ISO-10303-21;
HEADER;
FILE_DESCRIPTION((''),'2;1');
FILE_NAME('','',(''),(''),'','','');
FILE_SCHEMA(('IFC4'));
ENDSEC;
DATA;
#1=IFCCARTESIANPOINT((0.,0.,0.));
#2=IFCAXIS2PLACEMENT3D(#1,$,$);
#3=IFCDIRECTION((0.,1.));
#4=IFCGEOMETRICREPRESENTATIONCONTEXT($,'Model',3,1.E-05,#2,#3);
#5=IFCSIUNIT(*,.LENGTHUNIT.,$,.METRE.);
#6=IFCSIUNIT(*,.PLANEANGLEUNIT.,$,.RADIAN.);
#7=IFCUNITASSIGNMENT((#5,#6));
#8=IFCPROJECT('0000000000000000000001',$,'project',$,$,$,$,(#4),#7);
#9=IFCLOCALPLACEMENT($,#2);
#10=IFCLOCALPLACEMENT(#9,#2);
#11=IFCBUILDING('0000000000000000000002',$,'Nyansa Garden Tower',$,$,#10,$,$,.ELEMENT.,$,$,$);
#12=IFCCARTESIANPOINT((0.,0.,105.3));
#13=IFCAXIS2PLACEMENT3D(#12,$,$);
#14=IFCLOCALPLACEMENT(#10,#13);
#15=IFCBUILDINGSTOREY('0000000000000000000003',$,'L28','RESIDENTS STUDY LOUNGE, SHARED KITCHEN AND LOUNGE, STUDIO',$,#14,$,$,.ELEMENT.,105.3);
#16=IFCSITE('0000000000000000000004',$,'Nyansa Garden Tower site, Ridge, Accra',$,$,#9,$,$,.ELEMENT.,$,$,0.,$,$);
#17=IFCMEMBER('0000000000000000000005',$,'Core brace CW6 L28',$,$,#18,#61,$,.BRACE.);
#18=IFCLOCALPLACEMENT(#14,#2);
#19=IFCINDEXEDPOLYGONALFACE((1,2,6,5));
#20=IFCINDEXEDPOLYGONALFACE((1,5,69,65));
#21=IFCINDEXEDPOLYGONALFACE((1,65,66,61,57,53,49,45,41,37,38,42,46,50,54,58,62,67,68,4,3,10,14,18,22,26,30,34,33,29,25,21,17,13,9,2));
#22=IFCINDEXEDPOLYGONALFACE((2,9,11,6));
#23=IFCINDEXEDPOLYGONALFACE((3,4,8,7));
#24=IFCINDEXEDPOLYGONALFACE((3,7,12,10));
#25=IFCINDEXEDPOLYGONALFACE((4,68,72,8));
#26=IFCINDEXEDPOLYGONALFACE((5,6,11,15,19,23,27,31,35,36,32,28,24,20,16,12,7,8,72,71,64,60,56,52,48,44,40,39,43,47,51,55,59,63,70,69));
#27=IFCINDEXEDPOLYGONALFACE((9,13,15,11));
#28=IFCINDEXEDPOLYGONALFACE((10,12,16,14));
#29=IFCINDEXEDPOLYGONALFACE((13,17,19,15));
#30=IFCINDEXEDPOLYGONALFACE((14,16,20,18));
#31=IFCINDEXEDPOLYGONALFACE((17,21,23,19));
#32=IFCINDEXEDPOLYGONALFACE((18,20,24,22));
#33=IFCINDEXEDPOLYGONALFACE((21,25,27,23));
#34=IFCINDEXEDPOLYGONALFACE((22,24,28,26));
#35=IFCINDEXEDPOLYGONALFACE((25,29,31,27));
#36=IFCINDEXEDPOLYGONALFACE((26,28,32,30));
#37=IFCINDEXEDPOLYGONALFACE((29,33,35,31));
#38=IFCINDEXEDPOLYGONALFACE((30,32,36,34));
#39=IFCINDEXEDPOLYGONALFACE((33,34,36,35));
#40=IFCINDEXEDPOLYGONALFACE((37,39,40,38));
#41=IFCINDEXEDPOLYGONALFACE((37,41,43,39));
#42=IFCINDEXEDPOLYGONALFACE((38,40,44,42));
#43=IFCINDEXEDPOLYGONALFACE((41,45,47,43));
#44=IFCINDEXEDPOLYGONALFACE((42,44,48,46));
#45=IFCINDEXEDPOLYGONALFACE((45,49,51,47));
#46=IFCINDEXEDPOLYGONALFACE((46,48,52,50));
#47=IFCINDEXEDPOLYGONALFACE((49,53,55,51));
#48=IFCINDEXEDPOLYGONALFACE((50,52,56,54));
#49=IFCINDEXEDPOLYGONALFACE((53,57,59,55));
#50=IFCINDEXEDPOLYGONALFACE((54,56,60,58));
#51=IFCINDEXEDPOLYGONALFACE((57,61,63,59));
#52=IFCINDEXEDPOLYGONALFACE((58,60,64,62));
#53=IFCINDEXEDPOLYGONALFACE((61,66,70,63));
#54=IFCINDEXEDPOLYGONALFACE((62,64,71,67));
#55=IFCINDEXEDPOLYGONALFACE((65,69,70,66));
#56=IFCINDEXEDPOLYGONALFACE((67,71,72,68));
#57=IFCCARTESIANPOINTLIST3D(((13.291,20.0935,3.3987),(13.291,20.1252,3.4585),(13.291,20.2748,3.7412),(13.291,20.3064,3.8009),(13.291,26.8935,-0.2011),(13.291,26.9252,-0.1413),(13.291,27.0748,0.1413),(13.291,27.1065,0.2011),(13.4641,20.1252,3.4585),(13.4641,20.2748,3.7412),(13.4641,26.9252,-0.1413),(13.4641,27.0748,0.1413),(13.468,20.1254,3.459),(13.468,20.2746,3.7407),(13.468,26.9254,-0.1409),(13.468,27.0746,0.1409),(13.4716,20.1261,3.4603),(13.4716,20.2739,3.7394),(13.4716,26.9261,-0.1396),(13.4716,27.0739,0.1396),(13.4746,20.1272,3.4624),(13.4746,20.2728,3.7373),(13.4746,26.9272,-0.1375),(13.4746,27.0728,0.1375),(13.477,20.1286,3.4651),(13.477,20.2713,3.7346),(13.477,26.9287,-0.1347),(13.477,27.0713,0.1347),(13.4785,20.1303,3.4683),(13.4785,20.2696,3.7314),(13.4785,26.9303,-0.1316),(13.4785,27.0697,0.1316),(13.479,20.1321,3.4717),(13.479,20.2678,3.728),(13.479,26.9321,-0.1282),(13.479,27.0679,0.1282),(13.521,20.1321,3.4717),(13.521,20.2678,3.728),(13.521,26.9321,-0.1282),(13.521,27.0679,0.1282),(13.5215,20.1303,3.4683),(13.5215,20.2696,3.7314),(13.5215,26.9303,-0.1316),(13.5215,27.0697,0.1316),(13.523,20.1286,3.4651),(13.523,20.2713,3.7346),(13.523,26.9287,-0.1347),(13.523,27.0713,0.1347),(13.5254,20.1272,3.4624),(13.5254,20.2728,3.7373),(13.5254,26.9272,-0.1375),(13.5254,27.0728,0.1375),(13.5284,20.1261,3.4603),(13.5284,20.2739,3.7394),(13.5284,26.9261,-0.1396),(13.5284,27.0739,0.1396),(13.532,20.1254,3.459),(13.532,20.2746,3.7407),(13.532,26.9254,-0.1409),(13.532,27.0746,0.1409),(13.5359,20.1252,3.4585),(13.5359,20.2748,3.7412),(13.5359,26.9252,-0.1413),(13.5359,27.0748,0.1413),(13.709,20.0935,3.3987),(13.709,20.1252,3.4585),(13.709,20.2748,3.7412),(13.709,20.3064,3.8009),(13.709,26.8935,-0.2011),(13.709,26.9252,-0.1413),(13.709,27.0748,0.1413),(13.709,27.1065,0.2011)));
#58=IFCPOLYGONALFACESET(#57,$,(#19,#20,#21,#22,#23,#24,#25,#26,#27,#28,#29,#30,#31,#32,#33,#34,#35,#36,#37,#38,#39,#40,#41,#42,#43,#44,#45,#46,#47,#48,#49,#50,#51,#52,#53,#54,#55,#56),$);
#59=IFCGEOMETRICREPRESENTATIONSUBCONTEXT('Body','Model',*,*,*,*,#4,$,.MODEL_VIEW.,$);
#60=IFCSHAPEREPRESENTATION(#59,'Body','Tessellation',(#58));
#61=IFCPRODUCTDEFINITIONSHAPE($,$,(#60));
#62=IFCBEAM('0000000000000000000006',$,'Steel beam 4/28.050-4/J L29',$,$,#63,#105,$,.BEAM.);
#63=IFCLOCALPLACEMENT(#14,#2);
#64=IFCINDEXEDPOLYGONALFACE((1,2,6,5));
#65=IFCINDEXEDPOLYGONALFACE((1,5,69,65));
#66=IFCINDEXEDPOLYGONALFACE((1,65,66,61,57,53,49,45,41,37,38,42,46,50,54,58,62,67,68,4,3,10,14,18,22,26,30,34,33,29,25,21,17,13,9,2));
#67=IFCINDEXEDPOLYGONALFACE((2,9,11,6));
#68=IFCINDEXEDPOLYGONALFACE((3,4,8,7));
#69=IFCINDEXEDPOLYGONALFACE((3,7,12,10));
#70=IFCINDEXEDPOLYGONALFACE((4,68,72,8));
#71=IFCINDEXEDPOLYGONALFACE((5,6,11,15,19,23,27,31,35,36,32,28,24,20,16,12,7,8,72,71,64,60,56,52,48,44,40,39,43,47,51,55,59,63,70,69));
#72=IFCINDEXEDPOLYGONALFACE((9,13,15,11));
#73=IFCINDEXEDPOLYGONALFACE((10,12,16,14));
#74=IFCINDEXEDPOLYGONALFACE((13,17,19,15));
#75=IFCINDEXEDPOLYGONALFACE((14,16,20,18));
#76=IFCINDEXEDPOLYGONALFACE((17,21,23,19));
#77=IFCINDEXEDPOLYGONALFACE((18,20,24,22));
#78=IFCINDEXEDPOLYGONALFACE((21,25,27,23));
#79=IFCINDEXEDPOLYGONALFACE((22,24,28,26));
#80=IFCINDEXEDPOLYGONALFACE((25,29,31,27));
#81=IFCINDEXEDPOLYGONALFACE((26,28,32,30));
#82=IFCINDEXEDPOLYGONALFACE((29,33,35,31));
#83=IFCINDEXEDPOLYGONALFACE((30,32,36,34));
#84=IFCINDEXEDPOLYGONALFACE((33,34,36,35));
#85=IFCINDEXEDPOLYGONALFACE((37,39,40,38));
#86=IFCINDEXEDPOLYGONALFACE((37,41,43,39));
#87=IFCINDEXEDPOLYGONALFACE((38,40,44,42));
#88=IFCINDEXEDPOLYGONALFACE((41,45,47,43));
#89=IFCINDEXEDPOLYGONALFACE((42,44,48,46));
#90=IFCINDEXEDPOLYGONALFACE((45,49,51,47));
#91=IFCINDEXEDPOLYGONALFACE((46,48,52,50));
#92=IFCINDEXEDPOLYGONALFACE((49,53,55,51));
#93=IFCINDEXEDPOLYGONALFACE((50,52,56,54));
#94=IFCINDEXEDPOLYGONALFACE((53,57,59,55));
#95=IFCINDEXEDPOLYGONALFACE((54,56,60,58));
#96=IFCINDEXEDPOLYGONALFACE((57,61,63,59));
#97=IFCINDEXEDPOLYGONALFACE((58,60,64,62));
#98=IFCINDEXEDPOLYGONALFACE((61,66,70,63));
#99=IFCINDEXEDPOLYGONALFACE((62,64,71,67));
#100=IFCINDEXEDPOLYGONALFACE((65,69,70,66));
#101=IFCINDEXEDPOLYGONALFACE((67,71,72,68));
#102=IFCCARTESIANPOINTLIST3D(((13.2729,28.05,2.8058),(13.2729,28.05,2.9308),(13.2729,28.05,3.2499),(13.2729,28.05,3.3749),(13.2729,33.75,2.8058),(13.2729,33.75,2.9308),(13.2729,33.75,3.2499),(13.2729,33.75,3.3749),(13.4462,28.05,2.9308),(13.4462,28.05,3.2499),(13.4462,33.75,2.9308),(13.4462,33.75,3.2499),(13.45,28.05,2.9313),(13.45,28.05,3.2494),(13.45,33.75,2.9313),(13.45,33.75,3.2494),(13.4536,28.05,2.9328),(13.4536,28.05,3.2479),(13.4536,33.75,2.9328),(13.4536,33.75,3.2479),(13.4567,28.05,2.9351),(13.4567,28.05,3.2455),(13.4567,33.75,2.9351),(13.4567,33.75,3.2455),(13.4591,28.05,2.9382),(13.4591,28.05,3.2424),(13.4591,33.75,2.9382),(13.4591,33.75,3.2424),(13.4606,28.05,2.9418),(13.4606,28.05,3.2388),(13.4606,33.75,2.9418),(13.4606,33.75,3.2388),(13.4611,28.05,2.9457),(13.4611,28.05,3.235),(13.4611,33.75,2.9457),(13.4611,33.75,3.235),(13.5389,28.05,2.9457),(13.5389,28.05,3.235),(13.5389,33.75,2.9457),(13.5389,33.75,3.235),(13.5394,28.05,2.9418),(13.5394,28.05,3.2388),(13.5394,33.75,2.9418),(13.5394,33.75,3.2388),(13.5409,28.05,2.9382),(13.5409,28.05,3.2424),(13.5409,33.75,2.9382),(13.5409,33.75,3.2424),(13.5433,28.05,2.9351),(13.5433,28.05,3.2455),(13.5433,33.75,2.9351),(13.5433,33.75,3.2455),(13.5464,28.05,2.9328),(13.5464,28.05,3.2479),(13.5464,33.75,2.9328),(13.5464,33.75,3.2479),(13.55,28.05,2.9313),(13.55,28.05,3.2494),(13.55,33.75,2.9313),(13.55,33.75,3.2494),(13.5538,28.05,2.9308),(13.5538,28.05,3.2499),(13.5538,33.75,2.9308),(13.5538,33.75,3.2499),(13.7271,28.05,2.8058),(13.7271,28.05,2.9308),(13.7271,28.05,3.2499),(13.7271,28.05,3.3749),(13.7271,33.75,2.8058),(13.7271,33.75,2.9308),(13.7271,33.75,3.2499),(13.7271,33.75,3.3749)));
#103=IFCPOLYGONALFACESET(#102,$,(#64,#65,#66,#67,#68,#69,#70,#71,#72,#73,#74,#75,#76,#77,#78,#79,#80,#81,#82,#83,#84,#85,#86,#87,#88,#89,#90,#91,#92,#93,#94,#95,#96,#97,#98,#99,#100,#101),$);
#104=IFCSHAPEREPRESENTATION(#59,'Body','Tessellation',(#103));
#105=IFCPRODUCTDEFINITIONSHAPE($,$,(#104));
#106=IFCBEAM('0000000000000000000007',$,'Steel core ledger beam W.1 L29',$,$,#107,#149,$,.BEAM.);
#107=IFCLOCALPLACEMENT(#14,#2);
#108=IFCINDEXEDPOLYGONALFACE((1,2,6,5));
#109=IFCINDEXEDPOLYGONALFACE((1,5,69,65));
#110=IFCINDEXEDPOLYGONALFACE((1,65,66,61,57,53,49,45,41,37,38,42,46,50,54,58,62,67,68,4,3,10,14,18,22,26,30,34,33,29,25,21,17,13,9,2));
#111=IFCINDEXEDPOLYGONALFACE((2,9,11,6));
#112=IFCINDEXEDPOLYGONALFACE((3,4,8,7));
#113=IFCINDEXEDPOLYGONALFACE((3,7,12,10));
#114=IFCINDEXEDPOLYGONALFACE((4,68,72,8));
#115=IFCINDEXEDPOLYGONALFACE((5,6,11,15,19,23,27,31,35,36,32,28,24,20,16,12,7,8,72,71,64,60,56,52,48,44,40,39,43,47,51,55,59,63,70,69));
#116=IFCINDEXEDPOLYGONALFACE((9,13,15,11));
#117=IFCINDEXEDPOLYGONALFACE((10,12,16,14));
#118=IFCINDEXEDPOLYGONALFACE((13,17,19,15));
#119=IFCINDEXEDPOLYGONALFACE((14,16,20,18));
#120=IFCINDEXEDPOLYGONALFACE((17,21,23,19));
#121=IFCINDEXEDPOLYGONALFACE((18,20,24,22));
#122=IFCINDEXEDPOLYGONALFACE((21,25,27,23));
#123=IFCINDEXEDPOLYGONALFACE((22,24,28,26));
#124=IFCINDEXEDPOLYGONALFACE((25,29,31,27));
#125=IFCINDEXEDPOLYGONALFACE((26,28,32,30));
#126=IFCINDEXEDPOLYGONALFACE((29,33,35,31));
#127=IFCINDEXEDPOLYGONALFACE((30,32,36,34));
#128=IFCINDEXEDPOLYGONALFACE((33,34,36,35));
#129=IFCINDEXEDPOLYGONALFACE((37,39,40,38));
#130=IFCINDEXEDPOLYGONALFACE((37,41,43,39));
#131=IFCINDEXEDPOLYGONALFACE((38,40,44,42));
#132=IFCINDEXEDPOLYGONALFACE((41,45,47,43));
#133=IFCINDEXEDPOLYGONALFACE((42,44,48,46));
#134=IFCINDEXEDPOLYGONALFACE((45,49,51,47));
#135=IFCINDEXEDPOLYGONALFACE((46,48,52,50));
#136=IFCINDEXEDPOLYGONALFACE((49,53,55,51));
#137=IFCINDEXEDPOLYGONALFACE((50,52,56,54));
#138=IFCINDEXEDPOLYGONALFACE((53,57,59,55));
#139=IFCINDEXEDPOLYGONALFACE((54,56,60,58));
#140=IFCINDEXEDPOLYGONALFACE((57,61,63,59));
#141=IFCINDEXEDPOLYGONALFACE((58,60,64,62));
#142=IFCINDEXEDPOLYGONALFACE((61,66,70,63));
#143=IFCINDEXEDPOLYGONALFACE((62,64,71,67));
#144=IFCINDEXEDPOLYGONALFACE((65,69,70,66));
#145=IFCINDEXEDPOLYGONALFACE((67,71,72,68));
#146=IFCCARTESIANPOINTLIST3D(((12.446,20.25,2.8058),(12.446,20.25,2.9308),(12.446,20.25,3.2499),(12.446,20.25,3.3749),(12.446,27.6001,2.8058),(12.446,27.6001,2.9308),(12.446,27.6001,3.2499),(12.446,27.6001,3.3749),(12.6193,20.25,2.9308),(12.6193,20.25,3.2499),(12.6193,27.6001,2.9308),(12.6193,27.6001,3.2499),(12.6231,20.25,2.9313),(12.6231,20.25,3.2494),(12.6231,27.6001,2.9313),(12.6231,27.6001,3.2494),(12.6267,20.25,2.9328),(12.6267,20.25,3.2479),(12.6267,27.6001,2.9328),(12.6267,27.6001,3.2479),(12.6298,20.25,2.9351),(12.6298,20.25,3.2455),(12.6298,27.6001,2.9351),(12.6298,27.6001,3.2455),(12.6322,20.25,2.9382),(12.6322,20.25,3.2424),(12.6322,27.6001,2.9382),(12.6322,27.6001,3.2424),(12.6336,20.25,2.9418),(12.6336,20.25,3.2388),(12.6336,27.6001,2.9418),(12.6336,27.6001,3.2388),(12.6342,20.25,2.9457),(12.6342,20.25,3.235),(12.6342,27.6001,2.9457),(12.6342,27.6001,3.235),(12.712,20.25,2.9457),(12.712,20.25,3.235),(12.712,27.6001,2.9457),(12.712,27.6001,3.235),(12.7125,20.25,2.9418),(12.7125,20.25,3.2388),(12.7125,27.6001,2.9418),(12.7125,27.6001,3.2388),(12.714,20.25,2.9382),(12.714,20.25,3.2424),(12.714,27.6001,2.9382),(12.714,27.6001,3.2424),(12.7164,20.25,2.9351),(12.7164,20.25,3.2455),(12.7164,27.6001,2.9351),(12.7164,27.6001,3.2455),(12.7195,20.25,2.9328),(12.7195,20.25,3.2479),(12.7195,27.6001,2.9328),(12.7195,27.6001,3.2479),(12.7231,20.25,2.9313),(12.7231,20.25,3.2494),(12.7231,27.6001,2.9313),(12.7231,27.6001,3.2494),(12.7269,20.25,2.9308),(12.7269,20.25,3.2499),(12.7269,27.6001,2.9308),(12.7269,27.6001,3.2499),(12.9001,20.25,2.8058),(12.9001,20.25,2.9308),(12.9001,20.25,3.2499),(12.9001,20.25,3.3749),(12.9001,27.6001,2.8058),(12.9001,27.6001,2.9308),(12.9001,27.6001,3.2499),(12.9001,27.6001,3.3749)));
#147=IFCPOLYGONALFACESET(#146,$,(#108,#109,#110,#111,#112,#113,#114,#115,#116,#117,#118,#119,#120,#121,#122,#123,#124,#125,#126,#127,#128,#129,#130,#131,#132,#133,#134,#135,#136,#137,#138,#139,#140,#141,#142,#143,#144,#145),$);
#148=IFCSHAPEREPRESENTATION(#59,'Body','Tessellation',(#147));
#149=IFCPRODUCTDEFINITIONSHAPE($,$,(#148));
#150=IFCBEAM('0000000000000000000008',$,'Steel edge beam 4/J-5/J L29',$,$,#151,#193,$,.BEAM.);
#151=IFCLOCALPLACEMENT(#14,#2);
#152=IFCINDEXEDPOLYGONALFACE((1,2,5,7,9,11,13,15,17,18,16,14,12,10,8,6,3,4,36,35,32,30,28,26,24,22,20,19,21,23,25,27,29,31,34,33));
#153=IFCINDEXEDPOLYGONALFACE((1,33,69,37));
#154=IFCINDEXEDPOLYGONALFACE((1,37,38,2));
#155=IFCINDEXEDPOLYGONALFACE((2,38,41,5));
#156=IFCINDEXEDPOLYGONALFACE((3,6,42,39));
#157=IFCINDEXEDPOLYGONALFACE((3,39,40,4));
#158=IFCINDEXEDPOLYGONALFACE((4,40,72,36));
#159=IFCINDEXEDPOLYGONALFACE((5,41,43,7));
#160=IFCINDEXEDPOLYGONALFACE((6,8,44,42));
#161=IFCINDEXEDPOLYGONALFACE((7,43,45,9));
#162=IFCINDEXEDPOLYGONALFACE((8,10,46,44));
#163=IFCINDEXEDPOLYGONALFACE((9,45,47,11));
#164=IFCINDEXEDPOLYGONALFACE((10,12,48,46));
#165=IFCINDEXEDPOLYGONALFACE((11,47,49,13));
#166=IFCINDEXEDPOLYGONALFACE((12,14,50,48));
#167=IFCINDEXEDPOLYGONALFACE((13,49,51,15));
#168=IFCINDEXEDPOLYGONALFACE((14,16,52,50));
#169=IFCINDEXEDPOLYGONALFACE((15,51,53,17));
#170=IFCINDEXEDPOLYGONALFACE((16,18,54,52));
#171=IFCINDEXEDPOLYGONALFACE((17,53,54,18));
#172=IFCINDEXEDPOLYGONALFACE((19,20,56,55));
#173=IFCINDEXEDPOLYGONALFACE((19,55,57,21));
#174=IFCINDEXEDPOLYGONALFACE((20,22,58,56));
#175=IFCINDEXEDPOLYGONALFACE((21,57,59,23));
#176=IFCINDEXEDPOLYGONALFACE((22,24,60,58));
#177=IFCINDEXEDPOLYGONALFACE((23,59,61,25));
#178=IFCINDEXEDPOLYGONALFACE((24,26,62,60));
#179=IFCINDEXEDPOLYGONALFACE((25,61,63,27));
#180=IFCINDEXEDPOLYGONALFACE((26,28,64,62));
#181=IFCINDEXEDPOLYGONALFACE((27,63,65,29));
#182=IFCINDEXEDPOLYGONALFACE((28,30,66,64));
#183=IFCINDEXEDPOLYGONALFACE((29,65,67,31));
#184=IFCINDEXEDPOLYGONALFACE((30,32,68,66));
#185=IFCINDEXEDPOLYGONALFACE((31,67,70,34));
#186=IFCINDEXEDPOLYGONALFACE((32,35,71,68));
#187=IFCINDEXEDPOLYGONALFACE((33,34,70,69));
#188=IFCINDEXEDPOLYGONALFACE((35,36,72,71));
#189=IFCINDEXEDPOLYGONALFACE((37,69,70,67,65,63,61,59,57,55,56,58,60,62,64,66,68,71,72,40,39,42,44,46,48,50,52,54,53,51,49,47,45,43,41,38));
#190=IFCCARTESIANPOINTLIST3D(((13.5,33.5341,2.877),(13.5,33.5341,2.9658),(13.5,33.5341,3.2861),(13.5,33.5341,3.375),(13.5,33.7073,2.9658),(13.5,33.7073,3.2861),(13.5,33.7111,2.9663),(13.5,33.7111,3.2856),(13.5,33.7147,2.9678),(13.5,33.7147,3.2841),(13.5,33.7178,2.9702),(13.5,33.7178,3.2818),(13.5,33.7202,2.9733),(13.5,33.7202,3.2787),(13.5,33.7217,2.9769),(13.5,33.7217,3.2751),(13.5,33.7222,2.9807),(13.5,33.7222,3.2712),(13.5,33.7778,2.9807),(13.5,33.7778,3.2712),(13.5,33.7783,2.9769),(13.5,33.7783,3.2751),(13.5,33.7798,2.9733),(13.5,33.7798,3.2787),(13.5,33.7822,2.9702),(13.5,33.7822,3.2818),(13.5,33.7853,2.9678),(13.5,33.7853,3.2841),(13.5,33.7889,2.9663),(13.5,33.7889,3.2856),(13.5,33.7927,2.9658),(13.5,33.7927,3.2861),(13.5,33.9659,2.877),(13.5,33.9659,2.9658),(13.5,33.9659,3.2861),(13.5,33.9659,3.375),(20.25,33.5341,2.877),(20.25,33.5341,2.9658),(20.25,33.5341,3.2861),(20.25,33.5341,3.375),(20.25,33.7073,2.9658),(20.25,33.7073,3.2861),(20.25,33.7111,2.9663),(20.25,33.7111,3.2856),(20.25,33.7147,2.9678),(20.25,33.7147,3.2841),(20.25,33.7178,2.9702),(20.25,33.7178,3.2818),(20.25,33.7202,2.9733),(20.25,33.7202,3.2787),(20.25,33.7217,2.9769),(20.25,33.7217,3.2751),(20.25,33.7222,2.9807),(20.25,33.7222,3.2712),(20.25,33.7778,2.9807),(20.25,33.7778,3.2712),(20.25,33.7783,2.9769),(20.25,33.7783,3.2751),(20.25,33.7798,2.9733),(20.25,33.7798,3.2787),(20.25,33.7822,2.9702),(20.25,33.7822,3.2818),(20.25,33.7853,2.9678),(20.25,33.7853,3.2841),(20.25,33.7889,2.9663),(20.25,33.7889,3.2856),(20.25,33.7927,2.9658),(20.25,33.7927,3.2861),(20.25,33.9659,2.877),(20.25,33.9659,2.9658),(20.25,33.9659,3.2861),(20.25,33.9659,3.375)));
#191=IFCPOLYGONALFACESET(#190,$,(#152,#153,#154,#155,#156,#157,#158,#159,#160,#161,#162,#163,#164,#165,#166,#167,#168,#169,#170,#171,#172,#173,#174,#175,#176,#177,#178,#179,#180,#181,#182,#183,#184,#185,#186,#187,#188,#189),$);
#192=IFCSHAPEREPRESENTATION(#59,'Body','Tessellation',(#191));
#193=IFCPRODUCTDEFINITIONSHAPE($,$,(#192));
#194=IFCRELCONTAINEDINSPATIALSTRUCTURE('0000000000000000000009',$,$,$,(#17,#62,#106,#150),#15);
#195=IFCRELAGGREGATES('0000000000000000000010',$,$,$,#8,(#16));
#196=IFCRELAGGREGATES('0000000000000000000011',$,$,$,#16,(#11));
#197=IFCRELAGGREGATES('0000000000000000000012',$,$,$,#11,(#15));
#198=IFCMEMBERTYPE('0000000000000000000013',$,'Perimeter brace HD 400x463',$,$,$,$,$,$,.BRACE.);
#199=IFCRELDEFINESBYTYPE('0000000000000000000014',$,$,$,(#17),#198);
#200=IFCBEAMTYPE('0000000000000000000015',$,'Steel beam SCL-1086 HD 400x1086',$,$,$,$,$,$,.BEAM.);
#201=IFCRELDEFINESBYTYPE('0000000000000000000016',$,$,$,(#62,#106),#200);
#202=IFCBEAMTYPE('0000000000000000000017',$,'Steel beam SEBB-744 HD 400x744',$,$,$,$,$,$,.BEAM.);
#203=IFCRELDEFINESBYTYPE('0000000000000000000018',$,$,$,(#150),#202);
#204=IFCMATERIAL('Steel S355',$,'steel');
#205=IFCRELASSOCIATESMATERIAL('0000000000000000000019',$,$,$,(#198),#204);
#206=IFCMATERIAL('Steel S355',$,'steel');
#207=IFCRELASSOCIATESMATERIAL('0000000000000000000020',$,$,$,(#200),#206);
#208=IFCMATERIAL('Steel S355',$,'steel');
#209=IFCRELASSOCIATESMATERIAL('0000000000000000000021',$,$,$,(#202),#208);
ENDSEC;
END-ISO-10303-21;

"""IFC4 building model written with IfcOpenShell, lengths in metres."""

from ifc_helpers import new_model, si_unit, direction, frame, origin, origin_2d, place, context, subcontext, project, spatial, i_section, extrude, material, material_profile, profile_set, type_object, element, save


model = new_model("IFC4")

# Units and contexts
model_context = context("Model", 3, precision=1e-05, world=origin(), true_north=direction((0.0, 1.0)))
body_context = subcontext(model_context, "Body", "Model", "MODEL_VIEW")
ifc_project = project(units=[si_unit("LENGTHUNIT", "METRE"), si_unit("PLANEANGLEUNIT", "RADIAN")], contexts=[model_context])

# Site, building, storey
site_placement = place(None, origin())
site = spatial("IfcSite", under=ifc_project, at=site_placement, Name="Nyansa Garden Tower site, Ridge, Accra", CompositionType="ELEMENT", RefElevation=0.0)
building_placement = place(site_placement, origin())
building = spatial("IfcBuilding", under=site, at=building_placement, Name="Nyansa Garden Tower", CompositionType="ELEMENT")
storey_placement = place(building_placement, frame((0.0, 0.0, 105.3)))
storey = spatial("IfcBuildingStorey", under=building, at=storey_placement, Name="L28", Description="RESIDENTS STUDY LOUNGE, SHARED KITCHEN AND LOUNGE, STUDIO", CompositionType="ELEMENT", Elevation=105.3)

# Member
ifc_material_1 = material(Name="Steel S355", Category="steel")
ifc_material_profile_1 = material_profile(ifc_material_1, i_section(OverallWidth=0.418, OverallDepth=0.4551, WebThickness=0.042, FlangeThickness=0.0676, FilletRadius=0.0149, at=origin_2d()), Name="HD 400x463")
ifc_profile_set_1 = profile_set([ifc_material_profile_1], Name="Steel S355")
member_type_1 = type_object("IfcMemberType", Name="Perimeter brace HD 400x463", PredefinedType="BRACE", material=ifc_profile_set_1)
member_1_placement = place(storey_placement, frame((13.5, 27.0, 0.0), z_axis=(0.0, -0.883797, 0.46787), x_axis=(1.0, 0.0, 0.0)))
element("IfcMember", 1, at=member_1_placement, inside=storey, type_object=member_type_1, Name="Core brace CW6 L28", PredefinedType="BRACE", context=body_context, shape_type="SweptSolid", body=[
    extrude(i_section(OverallWidth=0.418, OverallDepth=0.4551, WebThickness=0.042, FlangeThickness=0.0676, FilletRadius=0.0149, at=origin_2d()), origin(), (0.0, 0.0, 1.0), 7.6941),
])

# Beams
ifc_material_2 = material(Name="Steel S355", Category="steel")
ifc_material_profile_2 = material_profile(ifc_material_2, i_section(OverallWidth=0.4541, OverallDepth=0.5691, WebThickness=0.0779, FlangeThickness=0.125, FilletRadius=0.0149, at=origin_2d()), Name="HD 400x1086")
ifc_profile_set_2 = profile_set([ifc_material_profile_2], Name="Steel S355")
beam_type_1 = type_object("IfcBeamType", Name="Steel beam SCL-1086 HD 400x1086", PredefinedType="BEAM", material=ifc_profile_set_2)
beam_1_placement = place(storey_placement, frame((13.5, 28.05, 3.0903), z_axis=(0.0, 1.0, 0.0), x_axis=(-1.0, 0.0, 0.0)))
element("IfcBeam", 2, at=beam_1_placement, inside=storey, type_object=beam_type_1, Name="Steel beam 4/28.050-4/J L29", PredefinedType="BEAM", context=body_context, shape_type="SweptSolid", body=[
    extrude(i_section(OverallWidth=0.4541, OverallDepth=0.5691, WebThickness=0.0779, FlangeThickness=0.125, FilletRadius=0.0149, at=origin_2d()), origin(), (0.0, 0.0, 1.0), 5.7),
])
beam_2_placement = place(storey_placement, frame((12.6731, 27.6001, 3.0903), z_axis=(0.0, -1.0, 0.0), x_axis=(1.0, 0.0, 0.0)))
element("IfcBeam", 3, at=beam_2_placement, inside=storey, type_object=beam_type_1, Name="Steel core ledger beam W.1 L29", PredefinedType="BEAM", context=body_context, shape_type="SweptSolid", body=[
    extrude(i_section(OverallWidth=0.4541, OverallDepth=0.5691, WebThickness=0.0779, FlangeThickness=0.125, FilletRadius=0.0149, at=origin_2d()), origin(), (0.0, 0.0, 1.0), 7.3501),
])
ifc_material_3 = material(Name="Steel S355", Category="steel")
ifc_material_profile_3 = material_profile(ifc_material_3, i_section(OverallWidth=0.4319, OverallDepth=0.498, WebThickness=0.0557, FlangeThickness=0.0889, FilletRadius=0.0149, at=origin_2d()), Name="HD 400x744")
ifc_profile_set_3 = profile_set([ifc_material_profile_3], Name="Steel S355")
beam_type_2 = type_object("IfcBeamType", Name="Steel beam SEBB-744 HD 400x744", PredefinedType="BEAM", material=ifc_profile_set_3)
beam_3_placement = place(storey_placement, frame((13.5, 33.75, 3.126), z_axis=(1.0, 0.0, 0.0), x_axis=(0.0, 1.0, 0.0)))
element("IfcBeam", 4, at=beam_3_placement, inside=storey, type_object=beam_type_2, Name="Steel edge beam 4/J-5/J L29", PredefinedType="BEAM", context=body_context, shape_type="SweptSolid", body=[
    extrude(i_section(OverallWidth=0.4319, OverallDepth=0.498, WebThickness=0.0557, FlangeThickness=0.0889, FilletRadius=0.0149, at=origin_2d()), origin(), (0.0, 0.0, 1.0), 6.75),
])

save(model, "model.ifc")
